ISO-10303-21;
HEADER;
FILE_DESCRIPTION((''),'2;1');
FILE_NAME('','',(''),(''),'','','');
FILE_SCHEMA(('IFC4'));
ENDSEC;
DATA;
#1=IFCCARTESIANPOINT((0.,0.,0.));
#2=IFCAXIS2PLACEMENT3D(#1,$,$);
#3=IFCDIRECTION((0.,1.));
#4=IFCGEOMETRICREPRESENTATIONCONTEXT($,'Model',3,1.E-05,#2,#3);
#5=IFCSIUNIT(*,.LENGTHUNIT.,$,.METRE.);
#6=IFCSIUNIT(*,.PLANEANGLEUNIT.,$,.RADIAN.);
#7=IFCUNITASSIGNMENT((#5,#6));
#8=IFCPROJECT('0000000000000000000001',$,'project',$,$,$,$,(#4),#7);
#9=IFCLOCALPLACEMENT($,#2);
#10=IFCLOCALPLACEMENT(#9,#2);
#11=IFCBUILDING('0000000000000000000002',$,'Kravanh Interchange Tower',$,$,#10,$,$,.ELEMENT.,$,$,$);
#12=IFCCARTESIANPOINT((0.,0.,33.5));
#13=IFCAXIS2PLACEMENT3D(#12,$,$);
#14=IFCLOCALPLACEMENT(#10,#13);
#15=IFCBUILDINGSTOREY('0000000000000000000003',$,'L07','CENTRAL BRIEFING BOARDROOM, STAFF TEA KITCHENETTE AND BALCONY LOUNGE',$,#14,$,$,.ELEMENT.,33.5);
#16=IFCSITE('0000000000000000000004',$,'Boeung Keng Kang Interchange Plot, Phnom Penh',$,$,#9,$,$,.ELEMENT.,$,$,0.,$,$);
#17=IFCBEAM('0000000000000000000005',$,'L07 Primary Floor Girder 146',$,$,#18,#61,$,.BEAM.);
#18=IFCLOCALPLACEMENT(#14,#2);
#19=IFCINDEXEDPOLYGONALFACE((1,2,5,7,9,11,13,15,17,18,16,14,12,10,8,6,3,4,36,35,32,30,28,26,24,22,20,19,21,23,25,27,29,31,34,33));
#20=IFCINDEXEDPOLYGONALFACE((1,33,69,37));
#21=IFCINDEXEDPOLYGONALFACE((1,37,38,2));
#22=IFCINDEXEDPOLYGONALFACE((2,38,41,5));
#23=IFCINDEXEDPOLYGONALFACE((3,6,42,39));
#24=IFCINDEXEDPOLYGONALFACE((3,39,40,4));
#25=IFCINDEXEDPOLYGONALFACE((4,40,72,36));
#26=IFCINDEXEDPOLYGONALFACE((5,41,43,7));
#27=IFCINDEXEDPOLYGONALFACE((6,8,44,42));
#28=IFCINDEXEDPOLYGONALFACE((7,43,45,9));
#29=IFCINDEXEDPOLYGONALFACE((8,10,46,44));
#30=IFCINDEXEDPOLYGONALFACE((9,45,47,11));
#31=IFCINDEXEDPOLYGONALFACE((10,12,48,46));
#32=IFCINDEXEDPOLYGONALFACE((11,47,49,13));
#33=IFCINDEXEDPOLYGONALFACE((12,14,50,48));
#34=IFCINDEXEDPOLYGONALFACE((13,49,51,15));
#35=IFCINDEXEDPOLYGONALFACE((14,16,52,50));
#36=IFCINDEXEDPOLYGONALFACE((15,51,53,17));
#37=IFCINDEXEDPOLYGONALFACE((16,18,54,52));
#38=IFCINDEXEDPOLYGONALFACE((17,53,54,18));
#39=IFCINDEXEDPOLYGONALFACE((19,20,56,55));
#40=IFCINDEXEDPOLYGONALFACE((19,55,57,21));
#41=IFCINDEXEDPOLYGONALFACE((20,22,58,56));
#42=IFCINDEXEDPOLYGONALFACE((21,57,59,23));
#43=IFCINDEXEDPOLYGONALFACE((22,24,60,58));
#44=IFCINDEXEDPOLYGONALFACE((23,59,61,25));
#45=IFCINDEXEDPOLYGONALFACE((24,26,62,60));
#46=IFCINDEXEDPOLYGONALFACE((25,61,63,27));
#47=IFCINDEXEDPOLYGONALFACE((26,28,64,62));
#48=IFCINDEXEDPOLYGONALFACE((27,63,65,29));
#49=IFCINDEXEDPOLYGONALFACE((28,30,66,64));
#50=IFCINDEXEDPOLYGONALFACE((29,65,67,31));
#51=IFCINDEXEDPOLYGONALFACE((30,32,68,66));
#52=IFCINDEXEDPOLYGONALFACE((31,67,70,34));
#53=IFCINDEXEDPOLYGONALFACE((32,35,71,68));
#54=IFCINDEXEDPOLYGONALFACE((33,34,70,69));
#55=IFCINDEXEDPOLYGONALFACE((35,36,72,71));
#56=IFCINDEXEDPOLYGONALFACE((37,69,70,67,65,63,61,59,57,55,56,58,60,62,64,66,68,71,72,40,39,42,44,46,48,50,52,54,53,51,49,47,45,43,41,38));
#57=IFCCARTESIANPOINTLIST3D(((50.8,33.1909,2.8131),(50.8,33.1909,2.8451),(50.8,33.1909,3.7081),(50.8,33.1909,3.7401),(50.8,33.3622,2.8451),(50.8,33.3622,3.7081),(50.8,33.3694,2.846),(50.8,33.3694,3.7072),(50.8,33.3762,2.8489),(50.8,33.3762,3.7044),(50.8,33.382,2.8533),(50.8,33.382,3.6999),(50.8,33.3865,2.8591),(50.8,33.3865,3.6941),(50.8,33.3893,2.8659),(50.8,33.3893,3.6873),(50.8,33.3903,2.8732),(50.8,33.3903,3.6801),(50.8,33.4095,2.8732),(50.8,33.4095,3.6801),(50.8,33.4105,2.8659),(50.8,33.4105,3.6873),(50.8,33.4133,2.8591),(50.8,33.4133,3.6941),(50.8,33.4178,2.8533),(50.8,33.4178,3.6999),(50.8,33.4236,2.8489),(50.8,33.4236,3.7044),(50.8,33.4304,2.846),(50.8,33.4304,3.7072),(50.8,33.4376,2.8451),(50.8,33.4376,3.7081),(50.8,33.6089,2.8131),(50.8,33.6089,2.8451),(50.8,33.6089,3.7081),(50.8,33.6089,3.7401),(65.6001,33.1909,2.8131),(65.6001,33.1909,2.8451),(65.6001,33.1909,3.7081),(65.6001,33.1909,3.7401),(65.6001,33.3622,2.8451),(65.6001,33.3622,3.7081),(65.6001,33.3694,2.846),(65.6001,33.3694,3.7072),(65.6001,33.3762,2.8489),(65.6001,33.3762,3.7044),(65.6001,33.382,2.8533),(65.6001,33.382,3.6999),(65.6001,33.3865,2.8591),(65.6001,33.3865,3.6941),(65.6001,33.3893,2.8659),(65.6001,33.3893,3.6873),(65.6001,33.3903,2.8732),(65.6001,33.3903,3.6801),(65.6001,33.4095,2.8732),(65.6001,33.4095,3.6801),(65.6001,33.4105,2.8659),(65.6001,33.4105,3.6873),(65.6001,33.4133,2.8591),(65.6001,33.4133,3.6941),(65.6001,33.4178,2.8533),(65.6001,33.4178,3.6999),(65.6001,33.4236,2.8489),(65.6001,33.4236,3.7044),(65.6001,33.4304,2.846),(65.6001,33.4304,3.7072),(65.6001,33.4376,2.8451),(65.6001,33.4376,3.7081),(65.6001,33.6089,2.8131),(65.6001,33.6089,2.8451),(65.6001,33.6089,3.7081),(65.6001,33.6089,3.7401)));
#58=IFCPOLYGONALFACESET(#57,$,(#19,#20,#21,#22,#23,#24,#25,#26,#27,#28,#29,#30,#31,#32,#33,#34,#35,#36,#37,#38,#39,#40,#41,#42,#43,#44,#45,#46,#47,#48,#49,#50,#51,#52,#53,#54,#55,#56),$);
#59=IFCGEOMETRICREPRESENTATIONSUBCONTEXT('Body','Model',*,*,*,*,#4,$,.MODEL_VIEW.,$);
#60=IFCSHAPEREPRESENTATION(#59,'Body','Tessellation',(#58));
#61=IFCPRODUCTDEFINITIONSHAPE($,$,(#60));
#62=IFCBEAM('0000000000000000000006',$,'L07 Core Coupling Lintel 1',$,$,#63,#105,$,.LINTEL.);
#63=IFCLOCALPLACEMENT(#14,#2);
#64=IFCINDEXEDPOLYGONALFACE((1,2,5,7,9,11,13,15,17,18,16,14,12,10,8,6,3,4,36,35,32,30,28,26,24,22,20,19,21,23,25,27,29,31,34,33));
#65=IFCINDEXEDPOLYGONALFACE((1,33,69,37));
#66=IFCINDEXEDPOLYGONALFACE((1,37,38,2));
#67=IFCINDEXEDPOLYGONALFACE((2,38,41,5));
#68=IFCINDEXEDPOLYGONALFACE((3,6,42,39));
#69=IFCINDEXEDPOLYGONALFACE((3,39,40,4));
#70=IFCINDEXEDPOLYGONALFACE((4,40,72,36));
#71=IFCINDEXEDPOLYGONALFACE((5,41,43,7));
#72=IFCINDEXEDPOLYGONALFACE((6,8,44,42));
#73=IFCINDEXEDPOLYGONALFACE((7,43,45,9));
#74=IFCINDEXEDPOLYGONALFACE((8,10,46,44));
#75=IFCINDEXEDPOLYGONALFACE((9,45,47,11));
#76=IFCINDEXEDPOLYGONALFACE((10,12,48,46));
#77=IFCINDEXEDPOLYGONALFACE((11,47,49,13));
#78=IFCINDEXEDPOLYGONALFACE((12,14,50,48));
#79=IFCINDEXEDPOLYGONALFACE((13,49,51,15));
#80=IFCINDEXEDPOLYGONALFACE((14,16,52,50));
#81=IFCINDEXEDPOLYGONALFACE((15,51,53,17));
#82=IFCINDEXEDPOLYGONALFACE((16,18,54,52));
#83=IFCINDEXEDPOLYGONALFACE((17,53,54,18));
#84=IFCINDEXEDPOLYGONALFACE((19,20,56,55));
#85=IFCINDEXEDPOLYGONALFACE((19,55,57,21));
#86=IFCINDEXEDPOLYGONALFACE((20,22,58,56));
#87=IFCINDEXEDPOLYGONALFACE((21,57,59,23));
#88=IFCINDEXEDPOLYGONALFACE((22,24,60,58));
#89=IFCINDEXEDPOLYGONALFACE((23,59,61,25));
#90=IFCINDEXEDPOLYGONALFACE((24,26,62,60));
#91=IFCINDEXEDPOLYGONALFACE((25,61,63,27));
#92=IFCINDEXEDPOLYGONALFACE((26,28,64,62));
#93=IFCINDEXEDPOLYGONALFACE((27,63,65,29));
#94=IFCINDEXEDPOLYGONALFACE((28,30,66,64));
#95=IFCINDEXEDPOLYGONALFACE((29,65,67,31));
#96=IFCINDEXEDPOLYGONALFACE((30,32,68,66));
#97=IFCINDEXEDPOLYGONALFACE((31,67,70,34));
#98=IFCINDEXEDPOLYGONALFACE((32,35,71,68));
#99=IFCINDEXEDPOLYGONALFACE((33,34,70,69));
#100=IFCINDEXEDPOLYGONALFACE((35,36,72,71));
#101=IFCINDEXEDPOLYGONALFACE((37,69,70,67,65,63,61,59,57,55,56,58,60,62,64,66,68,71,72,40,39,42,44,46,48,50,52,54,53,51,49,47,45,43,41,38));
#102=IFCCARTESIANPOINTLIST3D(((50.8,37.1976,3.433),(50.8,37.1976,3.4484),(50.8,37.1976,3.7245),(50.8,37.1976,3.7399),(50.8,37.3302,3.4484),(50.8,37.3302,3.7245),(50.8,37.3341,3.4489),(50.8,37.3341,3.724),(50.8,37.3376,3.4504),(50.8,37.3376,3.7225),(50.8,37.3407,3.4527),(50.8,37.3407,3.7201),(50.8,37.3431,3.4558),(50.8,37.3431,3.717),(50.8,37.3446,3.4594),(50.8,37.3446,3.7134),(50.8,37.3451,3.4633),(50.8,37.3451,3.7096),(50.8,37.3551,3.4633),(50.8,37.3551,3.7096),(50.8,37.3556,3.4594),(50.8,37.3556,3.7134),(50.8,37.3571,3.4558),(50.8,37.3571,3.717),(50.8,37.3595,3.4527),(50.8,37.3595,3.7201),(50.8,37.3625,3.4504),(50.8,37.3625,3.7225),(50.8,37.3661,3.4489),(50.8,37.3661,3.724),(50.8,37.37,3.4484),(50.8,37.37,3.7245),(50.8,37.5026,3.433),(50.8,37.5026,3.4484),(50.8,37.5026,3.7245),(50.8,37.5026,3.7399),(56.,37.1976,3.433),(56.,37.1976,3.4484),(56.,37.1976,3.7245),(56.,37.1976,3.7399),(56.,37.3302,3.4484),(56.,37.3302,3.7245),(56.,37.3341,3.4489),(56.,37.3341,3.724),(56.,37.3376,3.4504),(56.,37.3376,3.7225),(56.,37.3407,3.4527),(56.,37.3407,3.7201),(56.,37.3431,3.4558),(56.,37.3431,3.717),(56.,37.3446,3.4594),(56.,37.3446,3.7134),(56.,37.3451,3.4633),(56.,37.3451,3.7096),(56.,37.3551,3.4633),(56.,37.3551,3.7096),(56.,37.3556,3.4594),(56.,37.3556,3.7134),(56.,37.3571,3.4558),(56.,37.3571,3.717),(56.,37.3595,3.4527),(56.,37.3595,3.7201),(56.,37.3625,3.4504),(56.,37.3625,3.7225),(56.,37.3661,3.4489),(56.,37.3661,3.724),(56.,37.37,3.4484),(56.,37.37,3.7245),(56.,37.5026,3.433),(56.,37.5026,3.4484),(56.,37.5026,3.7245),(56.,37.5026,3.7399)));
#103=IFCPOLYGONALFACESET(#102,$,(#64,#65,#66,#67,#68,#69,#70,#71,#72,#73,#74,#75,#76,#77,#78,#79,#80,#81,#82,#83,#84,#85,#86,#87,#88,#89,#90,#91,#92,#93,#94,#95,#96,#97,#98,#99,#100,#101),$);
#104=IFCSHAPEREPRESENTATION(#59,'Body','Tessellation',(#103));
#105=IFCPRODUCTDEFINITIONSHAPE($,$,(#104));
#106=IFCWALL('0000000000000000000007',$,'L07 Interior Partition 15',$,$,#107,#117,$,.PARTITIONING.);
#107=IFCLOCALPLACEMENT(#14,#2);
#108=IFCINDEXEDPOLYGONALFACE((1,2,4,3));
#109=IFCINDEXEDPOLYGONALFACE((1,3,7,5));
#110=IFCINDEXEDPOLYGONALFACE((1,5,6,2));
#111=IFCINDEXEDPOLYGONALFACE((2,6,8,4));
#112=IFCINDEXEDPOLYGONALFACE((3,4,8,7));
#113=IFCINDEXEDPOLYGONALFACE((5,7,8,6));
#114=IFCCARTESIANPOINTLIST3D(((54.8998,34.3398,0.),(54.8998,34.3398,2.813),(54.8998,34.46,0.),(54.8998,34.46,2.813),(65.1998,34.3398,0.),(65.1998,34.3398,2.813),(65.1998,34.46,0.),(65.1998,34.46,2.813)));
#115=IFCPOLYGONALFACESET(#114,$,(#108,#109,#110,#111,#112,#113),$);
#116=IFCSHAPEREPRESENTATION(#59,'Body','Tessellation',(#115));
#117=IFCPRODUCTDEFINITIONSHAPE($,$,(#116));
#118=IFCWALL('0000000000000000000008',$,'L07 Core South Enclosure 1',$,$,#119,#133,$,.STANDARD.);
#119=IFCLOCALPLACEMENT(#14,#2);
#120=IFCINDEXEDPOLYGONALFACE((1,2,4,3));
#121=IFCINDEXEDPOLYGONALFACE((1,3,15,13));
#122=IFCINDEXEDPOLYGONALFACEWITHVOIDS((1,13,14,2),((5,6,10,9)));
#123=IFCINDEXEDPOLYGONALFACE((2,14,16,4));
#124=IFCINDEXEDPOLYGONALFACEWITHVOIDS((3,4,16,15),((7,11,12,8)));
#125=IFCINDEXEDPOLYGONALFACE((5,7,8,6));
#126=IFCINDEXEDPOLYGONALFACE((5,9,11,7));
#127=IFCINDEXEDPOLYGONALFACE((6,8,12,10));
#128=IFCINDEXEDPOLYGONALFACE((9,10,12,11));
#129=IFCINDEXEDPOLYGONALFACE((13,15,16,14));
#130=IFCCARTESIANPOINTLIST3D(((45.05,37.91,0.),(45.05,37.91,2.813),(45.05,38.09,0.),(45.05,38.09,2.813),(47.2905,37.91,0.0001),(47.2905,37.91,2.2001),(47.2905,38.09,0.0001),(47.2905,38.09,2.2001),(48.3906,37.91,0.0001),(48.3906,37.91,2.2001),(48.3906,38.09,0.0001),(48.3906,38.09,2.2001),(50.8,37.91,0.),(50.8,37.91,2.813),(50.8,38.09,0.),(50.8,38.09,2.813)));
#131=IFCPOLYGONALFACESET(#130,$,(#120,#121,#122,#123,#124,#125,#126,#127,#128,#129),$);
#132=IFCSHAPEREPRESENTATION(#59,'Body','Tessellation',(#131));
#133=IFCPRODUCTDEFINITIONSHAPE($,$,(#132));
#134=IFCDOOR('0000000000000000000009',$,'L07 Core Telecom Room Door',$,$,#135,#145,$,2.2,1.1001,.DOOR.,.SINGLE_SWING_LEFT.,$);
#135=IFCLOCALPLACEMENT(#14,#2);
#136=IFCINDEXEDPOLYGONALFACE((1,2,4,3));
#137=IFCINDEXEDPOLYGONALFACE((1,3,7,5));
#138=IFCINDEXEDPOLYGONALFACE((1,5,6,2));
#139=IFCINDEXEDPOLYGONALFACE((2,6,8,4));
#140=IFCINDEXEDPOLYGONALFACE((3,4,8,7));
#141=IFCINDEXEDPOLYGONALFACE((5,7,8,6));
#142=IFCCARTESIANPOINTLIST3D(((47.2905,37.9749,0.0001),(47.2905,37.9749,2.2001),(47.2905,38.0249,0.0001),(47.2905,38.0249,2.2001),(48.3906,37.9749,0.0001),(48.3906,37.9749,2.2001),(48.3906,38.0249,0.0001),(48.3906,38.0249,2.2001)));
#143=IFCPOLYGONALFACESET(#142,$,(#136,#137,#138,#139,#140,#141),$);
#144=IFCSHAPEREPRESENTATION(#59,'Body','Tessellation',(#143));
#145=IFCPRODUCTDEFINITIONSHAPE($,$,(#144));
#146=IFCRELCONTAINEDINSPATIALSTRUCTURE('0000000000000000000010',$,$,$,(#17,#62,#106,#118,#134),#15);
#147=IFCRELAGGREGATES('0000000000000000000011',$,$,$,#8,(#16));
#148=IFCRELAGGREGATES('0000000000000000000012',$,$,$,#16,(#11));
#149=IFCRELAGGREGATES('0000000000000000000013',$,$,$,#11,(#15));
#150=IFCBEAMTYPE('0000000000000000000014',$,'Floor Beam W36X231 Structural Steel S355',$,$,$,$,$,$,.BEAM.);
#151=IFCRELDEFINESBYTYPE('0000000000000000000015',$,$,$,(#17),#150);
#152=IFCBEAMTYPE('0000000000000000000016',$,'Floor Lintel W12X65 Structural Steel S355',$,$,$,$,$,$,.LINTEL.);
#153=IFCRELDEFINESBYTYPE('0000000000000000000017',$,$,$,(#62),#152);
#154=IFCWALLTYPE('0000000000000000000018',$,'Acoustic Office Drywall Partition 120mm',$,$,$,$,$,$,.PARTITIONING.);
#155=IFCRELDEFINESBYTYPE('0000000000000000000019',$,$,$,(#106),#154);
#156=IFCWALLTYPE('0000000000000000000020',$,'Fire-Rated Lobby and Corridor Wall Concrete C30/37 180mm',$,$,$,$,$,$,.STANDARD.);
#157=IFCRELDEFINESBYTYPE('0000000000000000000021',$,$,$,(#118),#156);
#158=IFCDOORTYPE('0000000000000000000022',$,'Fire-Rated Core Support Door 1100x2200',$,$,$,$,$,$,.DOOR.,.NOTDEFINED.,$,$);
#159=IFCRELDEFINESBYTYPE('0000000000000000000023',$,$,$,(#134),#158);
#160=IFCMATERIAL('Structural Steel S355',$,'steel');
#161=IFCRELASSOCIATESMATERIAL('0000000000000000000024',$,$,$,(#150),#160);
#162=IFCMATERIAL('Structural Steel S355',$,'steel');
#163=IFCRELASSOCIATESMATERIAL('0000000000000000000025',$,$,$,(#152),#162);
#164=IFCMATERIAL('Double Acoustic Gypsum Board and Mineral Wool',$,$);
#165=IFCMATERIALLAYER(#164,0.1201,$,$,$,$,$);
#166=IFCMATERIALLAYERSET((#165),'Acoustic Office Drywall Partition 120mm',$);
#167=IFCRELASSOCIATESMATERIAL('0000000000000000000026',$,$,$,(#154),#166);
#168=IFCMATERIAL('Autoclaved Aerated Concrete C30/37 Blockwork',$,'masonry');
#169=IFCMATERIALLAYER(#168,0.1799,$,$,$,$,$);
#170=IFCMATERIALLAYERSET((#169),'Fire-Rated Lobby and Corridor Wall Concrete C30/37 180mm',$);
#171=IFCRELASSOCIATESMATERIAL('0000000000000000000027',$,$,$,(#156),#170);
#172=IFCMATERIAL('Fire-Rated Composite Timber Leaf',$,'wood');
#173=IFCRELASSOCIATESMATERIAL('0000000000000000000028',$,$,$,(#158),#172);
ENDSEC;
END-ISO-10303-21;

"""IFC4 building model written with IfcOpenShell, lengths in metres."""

from ifc_helpers import new_model, si_unit, direction, frame, frame_2d, origin, origin_2d, place, context, subcontext, project, spatial, rectangle, i_section, extrude, material, layer, layer_set, material_profile, profile_set, type_object, element, fill, save


model = new_model("IFC4")

# Units and contexts
model_context = context("Model", 3, precision=1e-05, world=origin(), true_north=direction((0.0, 1.0)))
body_context = subcontext(model_context, "Body", "Model", "MODEL_VIEW")
ifc_project = project(units=[si_unit("LENGTHUNIT", "METRE"), si_unit("PLANEANGLEUNIT", "RADIAN")], contexts=[model_context])

# Site, building, storey
site_placement = place(None, origin())
site = spatial("IfcSite", under=ifc_project, at=site_placement, Name="Boeung Keng Kang Interchange Plot, Phnom Penh", CompositionType="ELEMENT", RefElevation=0.0)
building_placement = place(site_placement, origin())
building = spatial("IfcBuilding", under=site, at=building_placement, Name="Kravanh Interchange Tower", CompositionType="ELEMENT")
storey_placement = place(building_placement, frame((0.0, 0.0, 33.5)))
storey = spatial("IfcBuildingStorey", under=building, at=storey_placement, Name="L07", Description="CENTRAL BRIEFING BOARDROOM, STAFF TEA KITCHENETTE AND BALCONY LOUNGE", CompositionType="ELEMENT", Elevation=33.5)

# Beams
ifc_material_1 = material(Name="Structural Steel S355", Category="steel")
ifc_material_profile_1 = material_profile(ifc_material_1, i_section(OverallWidth=0.418, OverallDepth=0.927, WebThickness=0.0193, FlangeThickness=0.032, FilletRadius=0.0281, at=origin_2d()), Name="W36X231")
ifc_profile_set_1 = profile_set([ifc_material_profile_1], Name="Structural Steel S355")
beam_type_1 = type_object("IfcBeamType", Name="Floor Beam W36X231 Structural Steel S355", PredefinedType="BEAM", material=ifc_profile_set_1)
beam_1_placement = place(storey_placement, frame((50.8, 33.3999, 3.2766), z_axis=(1.0, 0.0, 0.0), x_axis=(0.0, 1.0, 0.0)))
element("IfcBeam", 1, at=beam_1_placement, inside=storey, type_object=beam_type_1, Name="L07 Primary Floor Girder 146", PredefinedType="BEAM", context=body_context, shape_type="SweptSolid", body=[
    extrude(i_section(OverallWidth=0.418, OverallDepth=0.927, WebThickness=0.0193, FlangeThickness=0.032, FilletRadius=0.0281, at=origin_2d()), origin(), (0.0, 0.0, 1.0), 14.8),
])
ifc_material_2 = material(Name="Structural Steel S355", Category="steel")
ifc_material_profile_2 = material_profile(ifc_material_2, i_section(OverallWidth=0.3049, OverallDepth=0.3069, WebThickness=0.01, FlangeThickness=0.0154, FilletRadius=0.0149, at=origin_2d()), Name="W12X65")
ifc_profile_set_2 = profile_set([ifc_material_profile_2], Name="Structural Steel S355")
beam_type_2 = type_object("IfcBeamType", Name="Floor Lintel W12X65 Structural Steel S355", PredefinedType="LINTEL", material=ifc_profile_set_2)
beam_2_placement = place(storey_placement, frame((50.8, 37.3501, 3.5864), z_axis=(1.0, 0.0, 0.0), x_axis=(0.0, 1.0, 0.0)))
element("IfcBeam", 2, at=beam_2_placement, inside=storey, type_object=beam_type_2, Name="L07 Core Coupling Lintel 1", PredefinedType="LINTEL", context=body_context, shape_type="SweptSolid", body=[
    extrude(i_section(OverallWidth=0.3049, OverallDepth=0.3069, WebThickness=0.01, FlangeThickness=0.0154, FilletRadius=0.0149, at=origin_2d()), origin(), (0.0, 0.0, 1.0), 5.2),
])

# Wall
ifc_material_3 = material(Name="Double Acoustic Gypsum Board and Mineral Wool")
ifc_layer_1 = layer(ifc_material_3, 0.1201)
ifc_layer_set_1 = layer_set([ifc_layer_1], Name="Acoustic Office Drywall Partition 120mm")
wall_type_1 = type_object("IfcWallType", Name="Acoustic Office Drywall Partition 120mm", PredefinedType="PARTITIONING", material=ifc_layer_set_1)
wall_1_placement = place(storey_placement, frame((54.8999, 34.3999, 0.0), z_axis=(0.0, 0.0, 1.0), x_axis=(1.0, 0.0, 0.0)))
element("IfcWall", 3, at=wall_1_placement, inside=storey, type_object=wall_type_1, Name="L07 Interior Partition 15", PredefinedType="PARTITIONING", context=body_context, shape_type="SweptSolid", body=[
    extrude(rectangle(XDim=10.3, YDim=0.1201, at=frame_2d((5.1499, 0.0))), origin(), (0.0, 0.0, 1.0), 2.813),
])

# Wall, opening, door
ifc_material_4 = material(Name="Autoclaved Aerated Concrete C30/37 Blockwork", Category="masonry")
ifc_layer_2 = layer(ifc_material_4, 0.1799)
ifc_layer_set_2 = layer_set([ifc_layer_2], Name="Fire-Rated Lobby and Corridor Wall Concrete C30/37 180mm")
wall_type_2 = type_object("IfcWallType", Name="Fire-Rated Lobby and Corridor Wall Concrete C30/37 180mm", PredefinedType="STANDARD", material=ifc_layer_set_2)
wall_2_placement = place(storey_placement, frame((45.05, 38.0, 0.0), z_axis=(0.0, 0.0, 1.0), x_axis=(1.0, 0.0, 0.0)))
wall_2 = element("IfcWall", 4, at=wall_2_placement, inside=storey, type_object=wall_type_2, Name="L07 Core South Enclosure 1", PredefinedType="STANDARD", context=body_context, shape_type="SweptSolid", body=[
    extrude(rectangle(XDim=5.75, YDim=0.1799, at=frame_2d((2.875, 0.0))), origin(), (0.0, 0.0, 1.0), 2.813),
])
opening_placement = place(wall_2_placement, frame((2.2405, 0.0, 0.0)))
opening = element("IfcOpeningElement", 5, at=opening_placement, cuts=wall_2, PredefinedType="OPENING", context=body_context, shape_type="SweptSolid", body=[
    extrude(rectangle(XDim=1.1001, YDim=2.2, at=frame_2d((0.55, 1.1001))), frame((0.0, 0.1001, 0.0), z_axis=(0.0, -1.0, 0.0), x_axis=(1.0, 0.0, 0.0)), (0.0, 0.0, 1.0), 0.2),
])
ifc_material_5 = material(Name="Fire-Rated Composite Timber Leaf", Category="wood")
door_type = type_object("IfcDoorType", Name="Fire-Rated Core Support Door 1100x2200", OperationType="NOTDEFINED", PredefinedType="DOOR", material=ifc_material_5)
door_placement = place(opening_placement, origin())
door = element("IfcDoor", 6, at=door_placement, inside=storey, type_object=door_type, Name="L07 Core Telecom Room Door", OperationType="SINGLE_SWING_LEFT", OverallHeight=2.2, OverallWidth=1.1001, PredefinedType="DOOR", context=body_context, shape_type="SweptSolid", body=[
    extrude(rectangle(XDim=1.1001, YDim=2.2, at=frame_2d((0.55, 1.1001))), frame((0.0, 0.0249, 0.0), z_axis=(0.0, -1.0, 0.0), x_axis=(1.0, 0.0, 0.0)), (0.0, 0.0, 1.0), 0.05),
])
fill(opening, door)

save(model, "model.ifc")
